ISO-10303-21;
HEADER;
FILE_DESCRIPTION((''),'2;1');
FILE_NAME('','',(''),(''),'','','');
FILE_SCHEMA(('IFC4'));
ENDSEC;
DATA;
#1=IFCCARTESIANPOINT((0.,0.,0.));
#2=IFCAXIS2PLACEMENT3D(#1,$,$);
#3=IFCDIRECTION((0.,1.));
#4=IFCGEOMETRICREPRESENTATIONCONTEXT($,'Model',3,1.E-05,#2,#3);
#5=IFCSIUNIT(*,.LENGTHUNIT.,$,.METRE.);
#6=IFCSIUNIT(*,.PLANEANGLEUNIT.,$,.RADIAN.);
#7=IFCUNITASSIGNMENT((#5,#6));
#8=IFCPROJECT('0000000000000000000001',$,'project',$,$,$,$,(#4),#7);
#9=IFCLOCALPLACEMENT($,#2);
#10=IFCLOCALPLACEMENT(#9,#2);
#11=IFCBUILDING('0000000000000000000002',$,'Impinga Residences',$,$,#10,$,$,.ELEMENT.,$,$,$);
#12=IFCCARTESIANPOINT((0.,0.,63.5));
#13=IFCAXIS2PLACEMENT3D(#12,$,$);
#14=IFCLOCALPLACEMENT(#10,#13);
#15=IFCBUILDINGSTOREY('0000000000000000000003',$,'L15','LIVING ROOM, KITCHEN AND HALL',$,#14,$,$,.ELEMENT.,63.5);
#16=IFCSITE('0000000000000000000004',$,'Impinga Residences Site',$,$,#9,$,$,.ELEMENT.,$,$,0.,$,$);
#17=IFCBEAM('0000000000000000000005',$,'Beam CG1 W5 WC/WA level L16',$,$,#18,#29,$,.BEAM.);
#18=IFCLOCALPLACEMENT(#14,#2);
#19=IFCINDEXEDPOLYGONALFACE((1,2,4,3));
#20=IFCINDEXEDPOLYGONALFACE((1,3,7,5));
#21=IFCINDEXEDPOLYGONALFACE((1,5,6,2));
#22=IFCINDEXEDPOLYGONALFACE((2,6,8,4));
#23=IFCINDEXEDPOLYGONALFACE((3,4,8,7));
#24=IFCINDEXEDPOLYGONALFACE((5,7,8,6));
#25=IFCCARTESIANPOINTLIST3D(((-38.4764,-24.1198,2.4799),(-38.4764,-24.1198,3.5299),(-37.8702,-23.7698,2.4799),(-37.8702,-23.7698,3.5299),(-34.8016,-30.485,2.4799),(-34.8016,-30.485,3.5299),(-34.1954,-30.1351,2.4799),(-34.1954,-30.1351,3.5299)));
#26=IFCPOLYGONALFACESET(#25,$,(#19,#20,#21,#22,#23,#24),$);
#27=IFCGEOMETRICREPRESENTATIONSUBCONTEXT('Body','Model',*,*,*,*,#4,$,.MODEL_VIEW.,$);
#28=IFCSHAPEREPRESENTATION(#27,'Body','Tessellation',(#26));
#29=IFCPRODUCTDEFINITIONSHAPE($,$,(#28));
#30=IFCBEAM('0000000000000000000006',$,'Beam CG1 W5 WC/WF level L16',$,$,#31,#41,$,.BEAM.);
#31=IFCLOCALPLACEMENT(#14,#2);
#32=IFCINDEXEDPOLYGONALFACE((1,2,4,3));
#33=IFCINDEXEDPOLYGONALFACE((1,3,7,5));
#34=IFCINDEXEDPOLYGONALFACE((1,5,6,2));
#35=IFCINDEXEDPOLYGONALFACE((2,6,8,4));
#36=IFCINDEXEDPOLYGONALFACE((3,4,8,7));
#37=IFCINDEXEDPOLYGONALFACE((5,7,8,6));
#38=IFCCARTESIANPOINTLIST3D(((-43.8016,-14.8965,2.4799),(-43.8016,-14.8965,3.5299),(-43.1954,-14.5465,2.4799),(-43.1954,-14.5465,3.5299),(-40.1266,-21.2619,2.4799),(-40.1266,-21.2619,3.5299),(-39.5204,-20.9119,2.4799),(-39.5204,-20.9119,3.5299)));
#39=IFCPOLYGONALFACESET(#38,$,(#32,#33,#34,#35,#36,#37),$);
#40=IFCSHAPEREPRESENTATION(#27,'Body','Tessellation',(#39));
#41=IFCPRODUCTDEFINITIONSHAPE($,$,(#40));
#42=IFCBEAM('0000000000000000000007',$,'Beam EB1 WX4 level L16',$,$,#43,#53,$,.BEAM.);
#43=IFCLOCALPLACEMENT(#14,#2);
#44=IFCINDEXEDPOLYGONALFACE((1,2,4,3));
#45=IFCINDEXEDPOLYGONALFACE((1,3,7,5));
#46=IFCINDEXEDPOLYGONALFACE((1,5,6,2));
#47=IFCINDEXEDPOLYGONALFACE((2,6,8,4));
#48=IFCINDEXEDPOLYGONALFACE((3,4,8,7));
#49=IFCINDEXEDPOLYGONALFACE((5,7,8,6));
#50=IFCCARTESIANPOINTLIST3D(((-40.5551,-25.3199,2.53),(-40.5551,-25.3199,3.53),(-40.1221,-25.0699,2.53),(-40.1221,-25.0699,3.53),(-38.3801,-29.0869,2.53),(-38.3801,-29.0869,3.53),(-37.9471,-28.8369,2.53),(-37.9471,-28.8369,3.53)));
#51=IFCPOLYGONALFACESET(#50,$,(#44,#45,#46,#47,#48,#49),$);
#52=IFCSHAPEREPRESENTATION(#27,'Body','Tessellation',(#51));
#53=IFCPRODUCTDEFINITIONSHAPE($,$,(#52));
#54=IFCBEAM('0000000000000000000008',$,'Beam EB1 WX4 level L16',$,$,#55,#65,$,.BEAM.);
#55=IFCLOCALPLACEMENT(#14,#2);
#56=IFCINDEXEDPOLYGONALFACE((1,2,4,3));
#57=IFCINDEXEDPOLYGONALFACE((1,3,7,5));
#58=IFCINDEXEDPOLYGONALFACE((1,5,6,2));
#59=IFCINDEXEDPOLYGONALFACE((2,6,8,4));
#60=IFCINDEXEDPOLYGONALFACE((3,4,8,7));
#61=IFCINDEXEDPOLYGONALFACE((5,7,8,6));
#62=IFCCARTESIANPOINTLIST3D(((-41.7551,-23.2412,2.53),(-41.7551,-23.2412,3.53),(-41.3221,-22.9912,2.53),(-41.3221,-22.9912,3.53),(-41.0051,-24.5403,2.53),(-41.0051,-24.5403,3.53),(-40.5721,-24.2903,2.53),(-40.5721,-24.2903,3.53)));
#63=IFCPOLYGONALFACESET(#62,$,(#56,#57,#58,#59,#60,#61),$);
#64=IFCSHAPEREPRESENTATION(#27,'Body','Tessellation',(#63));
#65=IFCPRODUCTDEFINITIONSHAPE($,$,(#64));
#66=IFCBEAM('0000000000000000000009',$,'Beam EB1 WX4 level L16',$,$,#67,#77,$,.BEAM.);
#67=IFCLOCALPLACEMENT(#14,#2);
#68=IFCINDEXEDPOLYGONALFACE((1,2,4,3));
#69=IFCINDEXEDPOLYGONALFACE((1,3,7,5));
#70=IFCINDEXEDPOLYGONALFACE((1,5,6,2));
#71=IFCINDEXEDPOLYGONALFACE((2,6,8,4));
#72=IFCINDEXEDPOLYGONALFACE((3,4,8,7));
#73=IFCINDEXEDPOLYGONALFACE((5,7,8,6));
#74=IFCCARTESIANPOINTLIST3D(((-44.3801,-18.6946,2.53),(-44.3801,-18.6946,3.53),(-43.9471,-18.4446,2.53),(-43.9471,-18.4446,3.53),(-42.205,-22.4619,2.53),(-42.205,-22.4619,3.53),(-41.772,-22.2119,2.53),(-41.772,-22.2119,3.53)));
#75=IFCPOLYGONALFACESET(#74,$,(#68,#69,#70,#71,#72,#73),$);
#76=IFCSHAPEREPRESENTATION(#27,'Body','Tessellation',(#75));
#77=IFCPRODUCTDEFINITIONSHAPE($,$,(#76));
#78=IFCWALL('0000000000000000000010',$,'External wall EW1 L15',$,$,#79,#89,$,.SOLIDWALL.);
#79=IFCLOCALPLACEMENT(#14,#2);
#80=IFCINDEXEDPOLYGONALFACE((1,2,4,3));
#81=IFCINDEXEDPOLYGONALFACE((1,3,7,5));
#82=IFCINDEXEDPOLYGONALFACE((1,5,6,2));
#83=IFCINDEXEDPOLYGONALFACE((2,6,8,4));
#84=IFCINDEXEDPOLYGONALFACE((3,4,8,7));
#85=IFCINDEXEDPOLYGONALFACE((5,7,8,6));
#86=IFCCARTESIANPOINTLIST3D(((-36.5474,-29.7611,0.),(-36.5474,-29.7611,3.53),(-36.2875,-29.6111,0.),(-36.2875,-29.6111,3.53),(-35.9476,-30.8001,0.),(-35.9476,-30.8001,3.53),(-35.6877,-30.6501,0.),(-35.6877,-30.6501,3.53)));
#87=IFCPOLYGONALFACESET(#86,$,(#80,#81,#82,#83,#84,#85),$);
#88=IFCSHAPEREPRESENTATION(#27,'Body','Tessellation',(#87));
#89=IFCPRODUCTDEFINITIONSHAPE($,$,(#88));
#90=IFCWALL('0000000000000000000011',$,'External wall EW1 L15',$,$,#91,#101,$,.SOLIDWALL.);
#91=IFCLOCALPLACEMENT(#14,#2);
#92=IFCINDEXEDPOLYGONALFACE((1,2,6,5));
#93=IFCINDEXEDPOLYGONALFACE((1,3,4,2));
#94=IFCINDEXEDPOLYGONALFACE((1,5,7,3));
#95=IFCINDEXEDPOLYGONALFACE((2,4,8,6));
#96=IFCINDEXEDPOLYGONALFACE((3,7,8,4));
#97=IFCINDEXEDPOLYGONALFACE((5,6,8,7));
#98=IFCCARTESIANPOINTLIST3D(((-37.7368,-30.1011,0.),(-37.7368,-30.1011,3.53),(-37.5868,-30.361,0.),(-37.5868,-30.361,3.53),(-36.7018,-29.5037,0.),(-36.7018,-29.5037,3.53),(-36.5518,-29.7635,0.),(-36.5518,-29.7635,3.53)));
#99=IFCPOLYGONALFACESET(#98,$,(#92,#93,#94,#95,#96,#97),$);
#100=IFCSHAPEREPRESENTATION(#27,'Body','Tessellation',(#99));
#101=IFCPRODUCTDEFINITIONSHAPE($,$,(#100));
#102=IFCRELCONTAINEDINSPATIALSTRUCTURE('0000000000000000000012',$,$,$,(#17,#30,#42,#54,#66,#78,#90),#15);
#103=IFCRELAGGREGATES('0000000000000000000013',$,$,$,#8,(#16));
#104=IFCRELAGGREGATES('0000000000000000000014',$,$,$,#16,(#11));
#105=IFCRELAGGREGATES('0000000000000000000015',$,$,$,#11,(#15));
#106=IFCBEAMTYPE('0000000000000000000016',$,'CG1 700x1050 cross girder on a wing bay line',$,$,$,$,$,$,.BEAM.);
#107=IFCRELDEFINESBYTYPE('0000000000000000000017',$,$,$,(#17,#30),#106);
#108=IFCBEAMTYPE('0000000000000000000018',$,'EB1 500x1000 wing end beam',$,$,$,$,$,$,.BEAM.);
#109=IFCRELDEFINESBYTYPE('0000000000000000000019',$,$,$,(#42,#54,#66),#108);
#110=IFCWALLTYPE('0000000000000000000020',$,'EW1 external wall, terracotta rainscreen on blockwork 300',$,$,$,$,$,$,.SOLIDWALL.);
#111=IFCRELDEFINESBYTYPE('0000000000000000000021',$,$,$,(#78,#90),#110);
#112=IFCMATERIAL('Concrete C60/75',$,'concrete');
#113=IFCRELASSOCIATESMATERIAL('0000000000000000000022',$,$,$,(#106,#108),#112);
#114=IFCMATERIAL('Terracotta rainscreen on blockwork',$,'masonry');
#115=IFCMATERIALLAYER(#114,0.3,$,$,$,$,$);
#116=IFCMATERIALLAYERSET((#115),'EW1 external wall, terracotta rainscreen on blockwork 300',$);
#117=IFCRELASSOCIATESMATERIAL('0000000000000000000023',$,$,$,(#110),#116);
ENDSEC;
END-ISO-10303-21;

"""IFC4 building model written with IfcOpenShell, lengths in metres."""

from ifc_helpers import new_model, si_unit, direction, frame, frame_2d, origin, origin_2d, place, context, subcontext, project, spatial, rectangle, extrude, material, layer, layer_set, material_profile, profile_set, type_object, element, save


model = new_model("IFC4")

# Units and contexts
model_context = context("Model", 3, precision=1e-05, world=origin(), true_north=direction((0.0, 1.0)))
body_context = subcontext(model_context, "Body", "Model", "MODEL_VIEW")
ifc_project = project(units=[si_unit("LENGTHUNIT", "METRE"), si_unit("PLANEANGLEUNIT", "RADIAN")], contexts=[model_context])

# Site, building, storey
site_placement = place(None, origin())
site = spatial("IfcSite", under=ifc_project, at=site_placement, Name="Impinga Residences Site", CompositionType="ELEMENT", RefElevation=0.0)
building_placement = place(site_placement, origin())
building = spatial("IfcBuilding", under=site, at=building_placement, Name="Impinga Residences", CompositionType="ELEMENT")
storey_placement = place(building_placement, frame((0.0, 0.0, 63.5)))
storey = spatial("IfcBuildingStorey", under=building, at=storey_placement, Name="L15", Description="LIVING ROOM, KITCHEN AND HALL", CompositionType="ELEMENT", Elevation=63.5)

# Beams
ifc_material_1 = material(Name="Concrete C60/75", Category="concrete")
ifc_material_profile_1 = material_profile(ifc_material_1, rectangle(XDim=0.7, YDim=1.05, at=origin_2d()), Name="RC 700x1050")
ifc_profile_set_1 = profile_set([ifc_material_profile_1], Name="Concrete C60/75")
beam_type_1 = type_object("IfcBeamType", Name="CG1 700x1050 cross girder on a wing bay line", PredefinedType="BEAM", material=ifc_profile_set_1)
beam_1_placement = place(storey_placement, frame((-38.1733, -23.9448, 3.0049), z_axis=(0.499983, -0.866035, 0.0), x_axis=(0.866035, 0.499983, 0.0)))
element("IfcBeam", 1, at=beam_1_placement, inside=storey, type_object=beam_type_1, Name="Beam CG1 W5 WC/WA level L16", PredefinedType="BEAM", context=body_context, shape_type="SweptSolid", body=[
    extrude(rectangle(XDim=0.7, YDim=1.05, at=origin_2d()), origin(), (0.0, 0.0, 1.0), 7.3499),
])
beam_2_placement = place(storey_placement, frame((-39.8235, -21.0869, 3.0049), z_axis=(-0.499994, 0.866029, 0.0), x_axis=(-0.866029, -0.499994, 0.0)))
element("IfcBeam", 2, at=beam_2_placement, inside=storey, type_object=beam_type_1, Name="Beam CG1 W5 WC/WF level L16", PredefinedType="BEAM", context=body_context, shape_type="SweptSolid", body=[
    extrude(rectangle(XDim=0.7, YDim=1.05, at=origin_2d()), origin(), (0.0, 0.0, 1.0), 7.3501),
])
ifc_material_profile_2 = material_profile(ifc_material_1, rectangle(XDim=0.5, YDim=1.0, at=origin_2d()), Name="RC 500x1000")
ifc_profile_set_2 = profile_set([ifc_material_profile_2], Name="Concrete C60/75")
beam_type_2 = type_object("IfcBeamType", Name="EB1 500x1000 wing end beam", PredefinedType="BEAM", material=ifc_profile_set_2)
beam_3_placement = place(storey_placement, frame((-38.1636, -28.9619, 3.03), z_axis=(-0.50002, 0.866014, 0.0), x_axis=(-0.866014, -0.50002, 0.0)))
element("IfcBeam", 3, at=beam_3_placement, inside=storey, type_object=beam_type_2, Name="Beam EB1 WX4 level L16", PredefinedType="BEAM", context=body_context, shape_type="SweptSolid", body=[
    extrude(rectangle(XDim=0.5, YDim=1.0, at=origin_2d()), origin(), (0.0, 0.0, 1.0), 4.3499),
])
beam_4_placement = place(storey_placement, frame((-40.7886, -24.4153, 3.03), z_axis=(-0.49999, 0.866031, 0.0), x_axis=(-0.866031, -0.49999, 0.0)))
element("IfcBeam", 4, at=beam_4_placement, inside=storey, type_object=beam_type_2, Name="Beam EB1 WX4 level L16", PredefinedType="BEAM", context=body_context, shape_type="SweptSolid", body=[
    extrude(rectangle(XDim=0.5, YDim=1.0, at=origin_2d()), origin(), (0.0, 0.0, 1.0), 1.5),
])
beam_5_placement = place(storey_placement, frame((-41.9885, -22.3369, 3.03), z_axis=(-0.499996, 0.866028, 0.0), x_axis=(-0.866028, -0.499996, 0.0)))
element("IfcBeam", 5, at=beam_5_placement, inside=storey, type_object=beam_type_2, Name="Beam EB1 WX4 level L16", PredefinedType="BEAM", context=body_context, shape_type="SweptSolid", body=[
    extrude(rectangle(XDim=0.5, YDim=1.0, at=origin_2d()), origin(), (0.0, 0.0, 1.0), 4.3501),
])

# Walls
ifc_material_2 = material(Name="Terracotta rainscreen on blockwork", Category="masonry")
ifc_layer_1 = layer(ifc_material_2, 0.3)
ifc_layer_set_1 = layer_set([ifc_layer_1], Name="EW1 external wall, terracotta rainscreen on blockwork 300")
wall_type_1 = type_object("IfcWallType", Name="EW1 external wall, terracotta rainscreen on blockwork 300", PredefinedType="SOLIDWALL", material=ifc_layer_set_1)
wall_1_placement = place(storey_placement, frame((-35.8176, -30.7251, 0.0), z_axis=(0.0, 0.0, 1.0), x_axis=(-0.499969, 0.866043, 0.0)))
element("IfcWall", 6, at=wall_1_placement, inside=storey, type_object=wall_type_1, Name="External wall EW1 L15", PredefinedType="SOLIDWALL", context=body_context, shape_type="SweptSolid", body=[
    extrude(rectangle(XDim=1.1997, YDim=0.3, at=frame_2d((0.5999, 0.0))), origin(), (0.0, 0.0, 1.0), 3.53),
])
wall_2_placement = place(storey_placement, frame((-36.6267, -29.6335, 0.0), z_axis=(0.0, 0.0, 1.0), x_axis=(-0.86606, -0.499941, 0.0)))
element("IfcWall", 7, at=wall_2_placement, inside=storey, type_object=wall_type_1, Name="External wall EW1 L15", PredefinedType="SOLIDWALL", context=body_context, shape_type="SweptSolid", body=[
    extrude(rectangle(XDim=1.1951, YDim=0.3, at=frame_2d((0.5977, 0.0))), origin(), (0.0, 0.0, 1.0), 3.53),
])

save(model, "model.ifc")
